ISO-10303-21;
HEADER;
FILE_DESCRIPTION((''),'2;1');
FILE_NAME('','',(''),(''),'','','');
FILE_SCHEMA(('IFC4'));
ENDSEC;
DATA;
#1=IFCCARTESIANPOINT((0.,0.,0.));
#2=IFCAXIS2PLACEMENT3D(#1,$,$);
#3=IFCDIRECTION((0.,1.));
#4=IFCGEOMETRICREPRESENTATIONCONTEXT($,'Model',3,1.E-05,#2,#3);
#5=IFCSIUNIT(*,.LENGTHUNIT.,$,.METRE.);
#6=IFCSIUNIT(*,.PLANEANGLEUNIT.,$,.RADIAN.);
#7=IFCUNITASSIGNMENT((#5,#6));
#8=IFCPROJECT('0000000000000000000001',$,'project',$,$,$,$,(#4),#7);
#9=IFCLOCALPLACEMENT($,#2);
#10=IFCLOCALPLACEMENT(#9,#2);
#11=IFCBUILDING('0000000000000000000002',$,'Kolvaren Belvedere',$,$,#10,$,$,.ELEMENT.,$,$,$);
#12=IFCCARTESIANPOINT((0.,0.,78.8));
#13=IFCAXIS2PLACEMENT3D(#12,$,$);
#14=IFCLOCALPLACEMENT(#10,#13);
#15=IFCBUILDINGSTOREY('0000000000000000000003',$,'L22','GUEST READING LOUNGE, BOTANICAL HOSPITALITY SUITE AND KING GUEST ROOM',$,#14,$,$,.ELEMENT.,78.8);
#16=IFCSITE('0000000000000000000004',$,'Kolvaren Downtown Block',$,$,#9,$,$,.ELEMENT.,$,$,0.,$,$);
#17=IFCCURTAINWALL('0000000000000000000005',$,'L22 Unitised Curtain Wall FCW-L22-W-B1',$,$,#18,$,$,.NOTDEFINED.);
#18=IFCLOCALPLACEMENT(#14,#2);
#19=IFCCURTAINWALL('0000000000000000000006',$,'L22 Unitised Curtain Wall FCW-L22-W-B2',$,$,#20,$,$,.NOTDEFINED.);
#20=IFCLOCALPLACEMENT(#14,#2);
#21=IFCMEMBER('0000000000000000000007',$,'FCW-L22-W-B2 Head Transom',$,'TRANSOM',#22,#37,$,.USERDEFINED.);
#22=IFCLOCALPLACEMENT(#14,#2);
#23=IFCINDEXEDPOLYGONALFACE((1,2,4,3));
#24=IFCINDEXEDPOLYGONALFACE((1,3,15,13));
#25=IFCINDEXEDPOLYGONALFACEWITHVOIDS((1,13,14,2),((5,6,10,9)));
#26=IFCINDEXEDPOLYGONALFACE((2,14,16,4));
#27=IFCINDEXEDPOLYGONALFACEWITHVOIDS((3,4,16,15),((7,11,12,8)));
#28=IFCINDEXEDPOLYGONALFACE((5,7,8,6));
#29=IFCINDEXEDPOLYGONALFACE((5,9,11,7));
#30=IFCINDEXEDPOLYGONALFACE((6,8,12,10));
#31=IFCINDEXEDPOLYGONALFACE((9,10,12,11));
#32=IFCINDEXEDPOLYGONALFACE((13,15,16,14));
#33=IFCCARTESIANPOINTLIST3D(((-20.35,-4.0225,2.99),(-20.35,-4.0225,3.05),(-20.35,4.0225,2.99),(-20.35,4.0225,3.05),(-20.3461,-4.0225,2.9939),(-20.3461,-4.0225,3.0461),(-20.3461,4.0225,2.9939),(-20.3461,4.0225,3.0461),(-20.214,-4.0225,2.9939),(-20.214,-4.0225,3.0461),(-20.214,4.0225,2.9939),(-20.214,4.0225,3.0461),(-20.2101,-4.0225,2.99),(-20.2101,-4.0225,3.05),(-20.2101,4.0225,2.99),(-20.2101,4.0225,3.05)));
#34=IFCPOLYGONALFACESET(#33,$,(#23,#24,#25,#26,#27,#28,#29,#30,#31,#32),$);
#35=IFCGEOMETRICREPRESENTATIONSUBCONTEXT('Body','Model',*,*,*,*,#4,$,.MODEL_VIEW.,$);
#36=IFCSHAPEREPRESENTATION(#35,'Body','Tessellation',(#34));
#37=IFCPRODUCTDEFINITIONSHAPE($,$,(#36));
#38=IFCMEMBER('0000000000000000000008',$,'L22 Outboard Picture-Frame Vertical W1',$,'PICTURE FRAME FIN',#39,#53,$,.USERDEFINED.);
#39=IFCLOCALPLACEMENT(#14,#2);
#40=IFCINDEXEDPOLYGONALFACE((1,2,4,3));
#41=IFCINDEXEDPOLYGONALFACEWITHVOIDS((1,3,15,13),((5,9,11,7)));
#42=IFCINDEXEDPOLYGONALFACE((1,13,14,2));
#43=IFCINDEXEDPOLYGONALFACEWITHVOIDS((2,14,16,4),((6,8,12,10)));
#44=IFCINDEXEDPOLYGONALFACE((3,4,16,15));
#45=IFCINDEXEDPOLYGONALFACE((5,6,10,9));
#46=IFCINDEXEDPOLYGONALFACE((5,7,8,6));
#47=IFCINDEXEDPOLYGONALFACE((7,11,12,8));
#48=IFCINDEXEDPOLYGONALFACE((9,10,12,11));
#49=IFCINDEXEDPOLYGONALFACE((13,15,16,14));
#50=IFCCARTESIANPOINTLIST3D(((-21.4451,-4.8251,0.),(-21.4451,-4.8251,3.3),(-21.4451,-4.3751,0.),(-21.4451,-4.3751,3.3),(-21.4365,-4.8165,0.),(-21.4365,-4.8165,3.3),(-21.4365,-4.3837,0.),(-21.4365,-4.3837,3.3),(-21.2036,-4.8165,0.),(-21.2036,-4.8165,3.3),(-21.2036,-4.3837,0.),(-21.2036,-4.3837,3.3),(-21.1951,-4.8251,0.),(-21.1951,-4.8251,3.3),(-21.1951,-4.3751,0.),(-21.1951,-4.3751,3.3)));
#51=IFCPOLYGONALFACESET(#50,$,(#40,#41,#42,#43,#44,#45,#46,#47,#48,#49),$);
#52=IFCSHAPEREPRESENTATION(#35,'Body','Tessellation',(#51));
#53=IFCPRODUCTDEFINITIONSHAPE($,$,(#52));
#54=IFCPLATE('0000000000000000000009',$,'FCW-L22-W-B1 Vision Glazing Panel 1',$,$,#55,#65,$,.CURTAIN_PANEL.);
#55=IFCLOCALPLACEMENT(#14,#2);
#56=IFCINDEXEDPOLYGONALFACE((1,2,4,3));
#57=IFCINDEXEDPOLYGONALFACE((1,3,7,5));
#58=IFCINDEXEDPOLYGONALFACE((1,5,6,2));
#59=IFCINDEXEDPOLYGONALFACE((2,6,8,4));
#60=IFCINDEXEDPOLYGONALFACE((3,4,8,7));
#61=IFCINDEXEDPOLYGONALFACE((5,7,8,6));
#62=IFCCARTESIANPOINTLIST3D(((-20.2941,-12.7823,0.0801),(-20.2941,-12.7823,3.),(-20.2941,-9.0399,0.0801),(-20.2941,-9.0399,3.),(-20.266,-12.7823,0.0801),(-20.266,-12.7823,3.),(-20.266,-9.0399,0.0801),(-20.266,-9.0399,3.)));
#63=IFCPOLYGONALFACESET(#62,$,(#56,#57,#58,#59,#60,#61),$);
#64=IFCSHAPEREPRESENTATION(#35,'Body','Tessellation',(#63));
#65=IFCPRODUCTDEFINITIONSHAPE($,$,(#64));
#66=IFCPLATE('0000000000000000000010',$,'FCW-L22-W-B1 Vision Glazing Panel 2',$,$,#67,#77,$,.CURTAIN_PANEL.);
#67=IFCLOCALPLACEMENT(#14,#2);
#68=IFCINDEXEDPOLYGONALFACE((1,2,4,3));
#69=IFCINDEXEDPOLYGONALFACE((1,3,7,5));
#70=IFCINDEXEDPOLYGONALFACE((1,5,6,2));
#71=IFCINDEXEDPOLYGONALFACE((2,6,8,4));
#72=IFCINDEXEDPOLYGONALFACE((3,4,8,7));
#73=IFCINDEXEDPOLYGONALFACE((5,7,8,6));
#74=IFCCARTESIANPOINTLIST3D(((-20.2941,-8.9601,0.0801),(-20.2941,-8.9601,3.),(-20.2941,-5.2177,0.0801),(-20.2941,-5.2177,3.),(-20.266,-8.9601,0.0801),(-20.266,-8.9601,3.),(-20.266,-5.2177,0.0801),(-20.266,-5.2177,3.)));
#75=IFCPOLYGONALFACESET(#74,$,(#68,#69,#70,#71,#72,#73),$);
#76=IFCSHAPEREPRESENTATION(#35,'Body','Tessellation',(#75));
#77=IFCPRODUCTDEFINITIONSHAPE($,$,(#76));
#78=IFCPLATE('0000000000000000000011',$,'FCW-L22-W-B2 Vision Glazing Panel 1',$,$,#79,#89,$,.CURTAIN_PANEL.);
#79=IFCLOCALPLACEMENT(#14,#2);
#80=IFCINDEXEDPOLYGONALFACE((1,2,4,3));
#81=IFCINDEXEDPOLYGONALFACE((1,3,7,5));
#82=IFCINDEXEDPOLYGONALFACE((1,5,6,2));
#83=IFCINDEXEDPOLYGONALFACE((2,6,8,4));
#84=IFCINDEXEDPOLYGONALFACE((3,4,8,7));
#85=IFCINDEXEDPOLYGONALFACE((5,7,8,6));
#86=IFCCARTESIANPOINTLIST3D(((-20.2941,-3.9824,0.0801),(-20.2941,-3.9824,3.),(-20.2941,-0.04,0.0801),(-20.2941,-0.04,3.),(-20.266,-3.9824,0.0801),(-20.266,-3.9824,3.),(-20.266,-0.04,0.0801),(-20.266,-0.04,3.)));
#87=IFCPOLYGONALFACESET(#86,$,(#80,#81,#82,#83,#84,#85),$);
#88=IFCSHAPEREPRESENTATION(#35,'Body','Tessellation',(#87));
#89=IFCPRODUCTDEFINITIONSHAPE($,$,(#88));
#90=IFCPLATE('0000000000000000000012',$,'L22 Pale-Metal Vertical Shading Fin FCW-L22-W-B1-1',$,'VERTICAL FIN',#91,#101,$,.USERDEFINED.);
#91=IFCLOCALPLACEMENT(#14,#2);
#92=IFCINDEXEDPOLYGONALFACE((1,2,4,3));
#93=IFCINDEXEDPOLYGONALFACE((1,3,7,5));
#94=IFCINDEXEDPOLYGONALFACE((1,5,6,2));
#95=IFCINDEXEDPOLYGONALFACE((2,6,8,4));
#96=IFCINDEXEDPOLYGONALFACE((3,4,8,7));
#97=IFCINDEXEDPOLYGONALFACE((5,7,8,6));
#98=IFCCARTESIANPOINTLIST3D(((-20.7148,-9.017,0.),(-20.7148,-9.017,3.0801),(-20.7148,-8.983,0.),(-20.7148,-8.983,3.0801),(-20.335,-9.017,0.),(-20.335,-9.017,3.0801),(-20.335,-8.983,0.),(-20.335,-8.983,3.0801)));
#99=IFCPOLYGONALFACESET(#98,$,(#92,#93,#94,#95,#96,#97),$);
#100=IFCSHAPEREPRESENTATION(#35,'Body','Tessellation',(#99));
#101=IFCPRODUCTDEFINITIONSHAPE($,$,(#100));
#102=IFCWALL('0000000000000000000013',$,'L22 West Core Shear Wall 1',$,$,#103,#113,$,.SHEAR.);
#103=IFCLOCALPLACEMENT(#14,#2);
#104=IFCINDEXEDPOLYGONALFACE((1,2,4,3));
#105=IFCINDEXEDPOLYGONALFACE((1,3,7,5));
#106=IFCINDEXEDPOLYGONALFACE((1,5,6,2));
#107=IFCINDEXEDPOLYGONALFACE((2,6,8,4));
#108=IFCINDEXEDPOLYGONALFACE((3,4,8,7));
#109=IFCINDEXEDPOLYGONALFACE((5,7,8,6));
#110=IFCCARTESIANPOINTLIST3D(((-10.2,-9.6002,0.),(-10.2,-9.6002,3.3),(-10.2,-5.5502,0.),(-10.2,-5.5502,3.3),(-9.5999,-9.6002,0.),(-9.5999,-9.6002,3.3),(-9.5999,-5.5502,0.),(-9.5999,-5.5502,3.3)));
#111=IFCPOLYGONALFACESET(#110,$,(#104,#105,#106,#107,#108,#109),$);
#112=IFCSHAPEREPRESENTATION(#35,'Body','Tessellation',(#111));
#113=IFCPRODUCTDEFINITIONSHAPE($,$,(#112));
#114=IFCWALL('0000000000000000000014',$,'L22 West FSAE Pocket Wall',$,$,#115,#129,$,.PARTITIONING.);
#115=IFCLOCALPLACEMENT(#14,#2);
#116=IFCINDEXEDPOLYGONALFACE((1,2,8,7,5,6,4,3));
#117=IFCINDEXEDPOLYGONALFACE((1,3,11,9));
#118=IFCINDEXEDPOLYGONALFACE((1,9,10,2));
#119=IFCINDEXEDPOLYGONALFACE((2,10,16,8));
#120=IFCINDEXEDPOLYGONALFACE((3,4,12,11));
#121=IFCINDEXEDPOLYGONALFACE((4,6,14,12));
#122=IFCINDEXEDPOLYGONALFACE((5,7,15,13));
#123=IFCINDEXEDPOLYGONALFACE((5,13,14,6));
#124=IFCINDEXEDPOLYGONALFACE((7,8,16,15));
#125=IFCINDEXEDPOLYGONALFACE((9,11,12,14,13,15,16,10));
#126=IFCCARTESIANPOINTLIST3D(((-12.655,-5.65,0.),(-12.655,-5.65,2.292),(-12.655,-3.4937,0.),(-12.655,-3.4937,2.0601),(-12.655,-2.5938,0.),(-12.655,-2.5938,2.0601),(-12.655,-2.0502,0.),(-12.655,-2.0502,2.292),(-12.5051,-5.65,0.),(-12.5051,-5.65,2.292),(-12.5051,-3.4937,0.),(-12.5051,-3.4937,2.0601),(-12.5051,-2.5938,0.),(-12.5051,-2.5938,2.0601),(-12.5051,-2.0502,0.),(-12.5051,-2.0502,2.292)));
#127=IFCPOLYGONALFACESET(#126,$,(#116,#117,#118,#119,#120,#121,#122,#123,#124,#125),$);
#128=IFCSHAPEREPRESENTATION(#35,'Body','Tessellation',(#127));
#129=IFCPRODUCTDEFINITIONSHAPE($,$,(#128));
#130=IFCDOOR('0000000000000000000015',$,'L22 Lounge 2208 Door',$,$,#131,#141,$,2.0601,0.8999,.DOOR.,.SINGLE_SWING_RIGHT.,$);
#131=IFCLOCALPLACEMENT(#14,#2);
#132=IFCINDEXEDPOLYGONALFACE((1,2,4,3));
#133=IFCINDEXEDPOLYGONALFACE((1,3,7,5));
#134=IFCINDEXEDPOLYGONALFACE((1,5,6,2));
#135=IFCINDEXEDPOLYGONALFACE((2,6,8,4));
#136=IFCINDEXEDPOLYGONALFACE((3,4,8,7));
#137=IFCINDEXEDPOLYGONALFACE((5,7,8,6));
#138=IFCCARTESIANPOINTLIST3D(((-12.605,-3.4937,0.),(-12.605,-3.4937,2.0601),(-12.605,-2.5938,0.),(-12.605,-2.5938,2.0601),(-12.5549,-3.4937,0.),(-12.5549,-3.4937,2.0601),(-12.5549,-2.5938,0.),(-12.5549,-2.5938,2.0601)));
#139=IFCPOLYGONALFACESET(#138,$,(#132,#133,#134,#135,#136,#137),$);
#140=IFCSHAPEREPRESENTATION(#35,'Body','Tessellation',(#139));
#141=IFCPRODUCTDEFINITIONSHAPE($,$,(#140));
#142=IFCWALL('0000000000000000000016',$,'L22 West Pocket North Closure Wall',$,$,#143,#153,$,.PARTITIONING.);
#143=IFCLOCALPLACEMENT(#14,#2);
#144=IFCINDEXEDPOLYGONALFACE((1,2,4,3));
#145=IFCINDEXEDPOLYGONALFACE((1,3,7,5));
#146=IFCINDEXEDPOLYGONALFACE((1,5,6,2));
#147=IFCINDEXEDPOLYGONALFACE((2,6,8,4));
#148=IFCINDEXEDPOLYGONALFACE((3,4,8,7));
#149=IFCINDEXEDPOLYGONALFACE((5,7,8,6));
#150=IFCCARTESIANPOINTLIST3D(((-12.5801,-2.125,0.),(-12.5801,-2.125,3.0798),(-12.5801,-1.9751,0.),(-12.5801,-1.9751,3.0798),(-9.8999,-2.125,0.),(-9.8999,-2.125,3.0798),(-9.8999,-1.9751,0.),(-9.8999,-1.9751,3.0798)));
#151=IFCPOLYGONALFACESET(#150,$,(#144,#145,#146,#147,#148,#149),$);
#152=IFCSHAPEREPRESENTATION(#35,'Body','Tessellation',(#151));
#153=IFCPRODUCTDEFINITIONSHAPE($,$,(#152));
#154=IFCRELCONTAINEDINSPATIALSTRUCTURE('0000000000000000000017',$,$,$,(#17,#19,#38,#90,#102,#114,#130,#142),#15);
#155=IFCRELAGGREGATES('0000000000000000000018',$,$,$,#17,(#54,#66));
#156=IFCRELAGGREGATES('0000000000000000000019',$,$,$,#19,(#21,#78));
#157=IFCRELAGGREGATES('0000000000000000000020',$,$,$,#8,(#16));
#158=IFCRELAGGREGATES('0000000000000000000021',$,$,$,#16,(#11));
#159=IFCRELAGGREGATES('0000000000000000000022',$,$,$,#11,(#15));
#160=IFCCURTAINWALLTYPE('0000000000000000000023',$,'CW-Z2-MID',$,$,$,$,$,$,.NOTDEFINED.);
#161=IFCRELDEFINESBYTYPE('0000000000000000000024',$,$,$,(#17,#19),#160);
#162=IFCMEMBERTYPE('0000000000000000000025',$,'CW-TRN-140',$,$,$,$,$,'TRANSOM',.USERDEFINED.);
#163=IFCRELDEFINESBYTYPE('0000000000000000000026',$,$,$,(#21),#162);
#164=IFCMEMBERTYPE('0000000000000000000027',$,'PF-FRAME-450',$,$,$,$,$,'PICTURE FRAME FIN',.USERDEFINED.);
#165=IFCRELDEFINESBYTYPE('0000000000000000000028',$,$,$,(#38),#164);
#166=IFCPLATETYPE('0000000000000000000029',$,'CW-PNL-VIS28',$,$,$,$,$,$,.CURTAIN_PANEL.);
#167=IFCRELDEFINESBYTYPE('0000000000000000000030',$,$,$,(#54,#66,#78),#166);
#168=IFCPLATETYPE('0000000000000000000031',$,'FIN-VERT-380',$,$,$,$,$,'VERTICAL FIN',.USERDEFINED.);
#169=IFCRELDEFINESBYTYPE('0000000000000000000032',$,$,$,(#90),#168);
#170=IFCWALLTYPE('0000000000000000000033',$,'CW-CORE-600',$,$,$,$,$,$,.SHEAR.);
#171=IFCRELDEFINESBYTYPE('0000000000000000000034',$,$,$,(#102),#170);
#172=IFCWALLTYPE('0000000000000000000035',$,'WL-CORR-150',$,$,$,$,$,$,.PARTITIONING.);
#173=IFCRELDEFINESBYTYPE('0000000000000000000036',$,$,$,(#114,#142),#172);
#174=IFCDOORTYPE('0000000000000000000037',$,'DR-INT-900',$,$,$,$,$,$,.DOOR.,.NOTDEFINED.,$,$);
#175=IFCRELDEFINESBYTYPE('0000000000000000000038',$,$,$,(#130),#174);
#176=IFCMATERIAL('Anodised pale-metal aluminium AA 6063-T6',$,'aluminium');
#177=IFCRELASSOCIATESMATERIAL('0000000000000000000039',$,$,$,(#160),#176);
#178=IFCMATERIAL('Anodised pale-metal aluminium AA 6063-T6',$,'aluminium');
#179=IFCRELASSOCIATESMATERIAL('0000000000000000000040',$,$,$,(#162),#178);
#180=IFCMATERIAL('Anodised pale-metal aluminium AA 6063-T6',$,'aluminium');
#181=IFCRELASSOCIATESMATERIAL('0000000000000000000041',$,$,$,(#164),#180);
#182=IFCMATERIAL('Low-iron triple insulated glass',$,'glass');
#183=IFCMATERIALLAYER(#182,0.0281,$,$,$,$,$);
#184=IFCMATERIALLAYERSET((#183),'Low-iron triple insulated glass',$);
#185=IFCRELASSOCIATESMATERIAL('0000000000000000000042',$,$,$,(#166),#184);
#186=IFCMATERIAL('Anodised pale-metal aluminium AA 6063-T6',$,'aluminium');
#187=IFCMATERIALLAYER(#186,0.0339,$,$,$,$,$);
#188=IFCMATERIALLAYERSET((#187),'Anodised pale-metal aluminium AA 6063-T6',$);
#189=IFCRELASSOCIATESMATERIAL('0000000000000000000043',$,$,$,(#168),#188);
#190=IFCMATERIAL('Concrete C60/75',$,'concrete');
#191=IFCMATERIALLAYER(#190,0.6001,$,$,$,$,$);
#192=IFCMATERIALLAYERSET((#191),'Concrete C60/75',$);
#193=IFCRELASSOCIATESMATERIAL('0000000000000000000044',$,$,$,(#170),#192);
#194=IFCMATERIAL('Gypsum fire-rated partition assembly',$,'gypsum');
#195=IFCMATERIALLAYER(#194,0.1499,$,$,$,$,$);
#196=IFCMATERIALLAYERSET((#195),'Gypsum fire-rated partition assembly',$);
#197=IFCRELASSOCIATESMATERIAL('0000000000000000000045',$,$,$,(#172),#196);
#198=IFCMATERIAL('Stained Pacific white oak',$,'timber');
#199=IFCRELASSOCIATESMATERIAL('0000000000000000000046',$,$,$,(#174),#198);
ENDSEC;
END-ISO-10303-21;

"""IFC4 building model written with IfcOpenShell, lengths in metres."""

from ifc_helpers import new_model, si_unit, direction, frame, frame_2d, origin, origin_2d, place, context, subcontext, project, spatial, rectangle, hollow_rectangle, extrude, material, layer, layer_set, material_profile, profile_set, type_object, element, fill, aggregate, save


model = new_model("IFC4")

# Units and contexts
model_context = context("Model", 3, precision=1e-05, world=origin(), true_north=direction((0.0, 1.0)))
body_context = subcontext(model_context, "Body", "Model", "MODEL_VIEW")
ifc_project = project(units=[si_unit("LENGTHUNIT", "METRE"), si_unit("PLANEANGLEUNIT", "RADIAN")], contexts=[model_context])

# Site, building, storey
site_placement = place(None, origin())
site = spatial("IfcSite", under=ifc_project, at=site_placement, Name="Kolvaren Downtown Block", CompositionType="ELEMENT", RefElevation=0.0)
building_placement = place(site_placement, origin())
building = spatial("IfcBuilding", under=site, at=building_placement, Name="Kolvaren Belvedere", CompositionType="ELEMENT")
storey_placement = place(building_placement, frame((0.0, 0.0, 78.8)))
storey = spatial("IfcBuildingStorey", under=building, at=storey_placement, Name="L22", Description="GUEST READING LOUNGE, BOTANICAL HOSPITALITY SUITE AND KING GUEST ROOM", CompositionType="ELEMENT", Elevation=78.8)

# Curtain walls, member
ifc_material_1 = material(Name="Anodised pale-metal aluminium AA 6063-T6", Category="aluminium")
curtain_wall_type = type_object("IfcCurtainWallType", Name="CW-Z2-MID", PredefinedType="NOTDEFINED", material=ifc_material_1)
curtain_wall_1_placement = place(storey_placement, origin())
curtain_wall_1 = element("IfcCurtainWall", 1, at=curtain_wall_1_placement, inside=storey, type_object=curtain_wall_type, Name="L22 Unitised Curtain Wall FCW-L22-W-B1", PredefinedType="NOTDEFINED")
curtain_wall_2_placement = place(storey_placement, origin())
curtain_wall_2 = element("IfcCurtainWall", 2, at=curtain_wall_2_placement, inside=storey, type_object=curtain_wall_type, Name="L22 Unitised Curtain Wall FCW-L22-W-B2", PredefinedType="NOTDEFINED")
ifc_material_2 = material(Name="Anodised pale-metal aluminium AA 6063-T6", Category="aluminium")
ifc_material_profile_1 = material_profile(ifc_material_2, hollow_rectangle(XDim=0.0601, YDim=0.1399, WallThickness=0.0039, at=origin_2d()), Name="ALU-TRN-140X60")
ifc_profile_set_1 = profile_set([ifc_material_profile_1], Name="Anodised pale-metal aluminium AA 6063-T6")
member_type_1 = type_object("IfcMemberType", Name="CW-TRN-140", ElementType="TRANSOM", PredefinedType="USERDEFINED", material=ifc_profile_set_1)
member_1_placement = place(storey_placement, frame((-20.28, -4.0225, 3.02), z_axis=(0.0, 1.0, 0.0), x_axis=(0.0, 0.0, 1.0)))
member_1 = element("IfcMember", 3, at=member_1_placement, type_object=member_type_1, Name="FCW-L22-W-B2 Head Transom", ObjectType="TRANSOM", PredefinedType="USERDEFINED", context=body_context, shape_type="SweptSolid", body=[
    extrude(hollow_rectangle(XDim=0.0601, YDim=0.1399, WallThickness=0.0039, at=origin_2d()), origin(), (0.0, 0.0, 1.0), 8.0449),
])

# Member
ifc_material_3 = material(Name="Anodised pale-metal aluminium AA 6063-T6", Category="aluminium")
ifc_material_profile_2 = material_profile(ifc_material_3, hollow_rectangle(XDim=0.25, YDim=0.45, WallThickness=0.0085, at=origin_2d()), Name="ALU-PF-450X250")
ifc_profile_set_2 = profile_set([ifc_material_profile_2], Name="Anodised pale-metal aluminium AA 6063-T6")
member_type_2 = type_object("IfcMemberType", Name="PF-FRAME-450", ElementType="PICTURE FRAME FIN", PredefinedType="USERDEFINED", material=ifc_profile_set_2)
member_2_placement = place(storey_placement, frame((-21.3201, -4.6001, 0.0), z_axis=(0.0, 0.0, 1.0), x_axis=(1.0, 0.0, 0.0)))
element("IfcMember", 4, at=member_2_placement, inside=storey, type_object=member_type_2, Name="L22 Outboard Picture-Frame Vertical W1", ObjectType="PICTURE FRAME FIN", PredefinedType="USERDEFINED", context=body_context, shape_type="SweptSolid", body=[
    extrude(hollow_rectangle(XDim=0.25, YDim=0.45, WallThickness=0.0085, at=origin_2d()), origin(), (0.0, 0.0, 1.0), 3.3),
])

# Plates
ifc_material_4 = material(Name="Low-iron triple insulated glass", Category="glass")
ifc_layer_1 = layer(ifc_material_4, 0.0281)
ifc_layer_set_1 = layer_set([ifc_layer_1], Name="Low-iron triple insulated glass")
plate_type_1 = type_object("IfcPlateType", Name="CW-PNL-VIS28", PredefinedType="CURTAIN_PANEL", material=ifc_layer_set_1)
plate_1_placement = place(storey_placement, frame((-20.28, -10.9111, 0.0801), z_axis=(0.0, 0.0, 1.0), x_axis=(0.0, 1.0, 0.0)))
plate_1 = element("IfcPlate", 5, at=plate_1_placement, type_object=plate_type_1, Name="FCW-L22-W-B1 Vision Glazing Panel 1", PredefinedType="CURTAIN_PANEL", context=body_context, shape_type="SweptSolid", body=[
    extrude(rectangle(XDim=3.7424, YDim=0.0281, at=origin_2d()), origin(), (0.0, 0.0, 1.0), 2.9199),
])
plate_2_placement = place(storey_placement, frame((-20.28, -7.0889, 0.0801), z_axis=(0.0, 0.0, 1.0), x_axis=(0.0, 1.0, 0.0)))
plate_2 = element("IfcPlate", 6, at=plate_2_placement, type_object=plate_type_1, Name="FCW-L22-W-B1 Vision Glazing Panel 2", PredefinedType="CURTAIN_PANEL", context=body_context, shape_type="SweptSolid", body=[
    extrude(rectangle(XDim=3.7424, YDim=0.0281, at=origin_2d()), origin(), (0.0, 0.0, 1.0), 2.9199),
])
aggregate(curtain_wall_1, [plate_1, plate_2])
plate_3_placement = place(storey_placement, frame((-20.28, -2.0112, 0.0801), z_axis=(0.0, 0.0, 1.0), x_axis=(0.0, 1.0, 0.0)))
plate_3 = element("IfcPlate", 7, at=plate_3_placement, type_object=plate_type_1, Name="FCW-L22-W-B2 Vision Glazing Panel 1", PredefinedType="CURTAIN_PANEL", context=body_context, shape_type="SweptSolid", body=[
    extrude(rectangle(XDim=3.9424, YDim=0.0281, at=origin_2d()), origin(), (0.0, 0.0, 1.0), 2.9199),
])
aggregate(curtain_wall_2, [member_1, plate_3])
ifc_material_5 = material(Name="Anodised pale-metal aluminium AA 6063-T6", Category="aluminium")
ifc_layer_2 = layer(ifc_material_5, 0.0339)
ifc_layer_set_2 = layer_set([ifc_layer_2], Name="Anodised pale-metal aluminium AA 6063-T6")
plate_type_2 = type_object("IfcPlateType", Name="FIN-VERT-380", ElementType="VERTICAL FIN", PredefinedType="USERDEFINED", material=ifc_layer_set_2)
plate_4_placement = place(storey_placement, frame((-20.5249, -9.0, 0.0), z_axis=(0.0, 0.0, 1.0), x_axis=(1.0, 0.0, 0.0)))
element("IfcPlate", 8, at=plate_4_placement, inside=storey, type_object=plate_type_2, Name="L22 Pale-Metal Vertical Shading Fin FCW-L22-W-B1-1", ObjectType="VERTICAL FIN", PredefinedType="USERDEFINED", context=body_context, shape_type="SweptSolid", body=[
    extrude(rectangle(XDim=0.3799, YDim=0.0339, at=origin_2d()), origin(), (0.0, 0.0, 1.0), 3.0801),
])

# Wall
ifc_material_6 = material(Name="Concrete C60/75", Category="concrete")
ifc_layer_3 = layer(ifc_material_6, 0.6001)
ifc_layer_set_3 = layer_set([ifc_layer_3], Name="Concrete C60/75")
wall_type_1 = type_object("IfcWallType", Name="CW-CORE-600", PredefinedType="SHEAR", material=ifc_layer_set_3)
wall_1_placement = place(storey_placement, frame((-9.8999, -9.6001, 0.0), z_axis=(0.0, 0.0, 1.0), x_axis=(0.0, 1.0, 0.0)))
element("IfcWall", 9, at=wall_1_placement, inside=storey, type_object=wall_type_1, Name="L22 West Core Shear Wall 1", PredefinedType="SHEAR", context=body_context, shape_type="SweptSolid", body=[
    extrude(rectangle(XDim=4.05, YDim=0.6001, at=frame_2d((2.0249, 0.0))), origin(), (0.0, 0.0, 1.0), 3.3),
])

# Wall, opening, door
ifc_material_7 = material(Name="Gypsum fire-rated partition assembly", Category="gypsum")
ifc_layer_4 = layer(ifc_material_7, 0.1499)
ifc_layer_set_4 = layer_set([ifc_layer_4], Name="Gypsum fire-rated partition assembly")
wall_type_2 = type_object("IfcWallType", Name="WL-CORR-150", PredefinedType="PARTITIONING", material=ifc_layer_set_4)
wall_2_placement = place(storey_placement, frame((-12.5801, -5.6499, 0.0), z_axis=(0.0, 0.0, 1.0), x_axis=(0.0, 1.0, 0.0)))
wall_2 = element("IfcWall", 10, at=wall_2_placement, inside=storey, type_object=wall_type_2, Name="L22 West FSAE Pocket Wall", PredefinedType="PARTITIONING", context=body_context, shape_type="SweptSolid", body=[
    extrude(rectangle(XDim=3.5999, YDim=0.1499, at=frame_2d((1.7998, 0.0))), origin(), (0.0, 0.0, 1.0), 2.292),
])
opening_1_placement = place(wall_2_placement, frame((2.1562, 0.0, 0.0)))
opening_1 = element("IfcOpeningElement", 11, at=opening_1_placement, cuts=wall_2, PredefinedType="OPENING", context=body_context, shape_type="SweptSolid", body=[
    extrude(rectangle(XDim=0.8999, YDim=2.0601, at=frame_2d((0.45, 1.03))), frame((0.0, 0.085, 0.0), z_axis=(0.0, -1.0, 0.0), x_axis=(1.0, 0.0, 0.0)), (0.0, 0.0, 1.0), 0.1699),
])
ifc_material_8 = material(Name="Stained Pacific white oak", Category="timber")
door_type = type_object("IfcDoorType", Name="DR-INT-900", OperationType="NOTDEFINED", PredefinedType="DOOR", material=ifc_material_8)
door_1_placement = place(opening_1_placement, origin())
door_1 = element("IfcDoor", 12, at=door_1_placement, inside=storey, type_object=door_type, Name="L22 Lounge 2208 Door", OperationType="SINGLE_SWING_RIGHT", OverallHeight=2.0601, OverallWidth=0.8999, PredefinedType="DOOR", context=body_context, shape_type="SweptSolid", body=[
    extrude(rectangle(XDim=0.8999, YDim=2.0601, at=frame_2d((0.45, 1.03))), frame((0.0, 0.0249, 0.0), z_axis=(0.0, -1.0, 0.0), x_axis=(1.0, 0.0, 0.0)), (0.0, 0.0, 1.0), 0.05),
])
fill(opening_1, door_1)

# Wall
wall_3_placement = place(storey_placement, frame((-12.5801, -2.05, 0.0), z_axis=(0.0, 0.0, 1.0), x_axis=(1.0, 0.0, 0.0)))
element("IfcWall", 13, at=wall_3_placement, inside=storey, type_object=wall_type_2, Name="L22 West Pocket North Closure Wall", PredefinedType="PARTITIONING", context=body_context, shape_type="SweptSolid", body=[
    extrude(rectangle(XDim=2.6802, YDim=0.1499, at=frame_2d((1.3401, 0.0))), origin(), (0.0, 0.0, 1.0), 3.0798),
])

save(model, "model.ifc")
